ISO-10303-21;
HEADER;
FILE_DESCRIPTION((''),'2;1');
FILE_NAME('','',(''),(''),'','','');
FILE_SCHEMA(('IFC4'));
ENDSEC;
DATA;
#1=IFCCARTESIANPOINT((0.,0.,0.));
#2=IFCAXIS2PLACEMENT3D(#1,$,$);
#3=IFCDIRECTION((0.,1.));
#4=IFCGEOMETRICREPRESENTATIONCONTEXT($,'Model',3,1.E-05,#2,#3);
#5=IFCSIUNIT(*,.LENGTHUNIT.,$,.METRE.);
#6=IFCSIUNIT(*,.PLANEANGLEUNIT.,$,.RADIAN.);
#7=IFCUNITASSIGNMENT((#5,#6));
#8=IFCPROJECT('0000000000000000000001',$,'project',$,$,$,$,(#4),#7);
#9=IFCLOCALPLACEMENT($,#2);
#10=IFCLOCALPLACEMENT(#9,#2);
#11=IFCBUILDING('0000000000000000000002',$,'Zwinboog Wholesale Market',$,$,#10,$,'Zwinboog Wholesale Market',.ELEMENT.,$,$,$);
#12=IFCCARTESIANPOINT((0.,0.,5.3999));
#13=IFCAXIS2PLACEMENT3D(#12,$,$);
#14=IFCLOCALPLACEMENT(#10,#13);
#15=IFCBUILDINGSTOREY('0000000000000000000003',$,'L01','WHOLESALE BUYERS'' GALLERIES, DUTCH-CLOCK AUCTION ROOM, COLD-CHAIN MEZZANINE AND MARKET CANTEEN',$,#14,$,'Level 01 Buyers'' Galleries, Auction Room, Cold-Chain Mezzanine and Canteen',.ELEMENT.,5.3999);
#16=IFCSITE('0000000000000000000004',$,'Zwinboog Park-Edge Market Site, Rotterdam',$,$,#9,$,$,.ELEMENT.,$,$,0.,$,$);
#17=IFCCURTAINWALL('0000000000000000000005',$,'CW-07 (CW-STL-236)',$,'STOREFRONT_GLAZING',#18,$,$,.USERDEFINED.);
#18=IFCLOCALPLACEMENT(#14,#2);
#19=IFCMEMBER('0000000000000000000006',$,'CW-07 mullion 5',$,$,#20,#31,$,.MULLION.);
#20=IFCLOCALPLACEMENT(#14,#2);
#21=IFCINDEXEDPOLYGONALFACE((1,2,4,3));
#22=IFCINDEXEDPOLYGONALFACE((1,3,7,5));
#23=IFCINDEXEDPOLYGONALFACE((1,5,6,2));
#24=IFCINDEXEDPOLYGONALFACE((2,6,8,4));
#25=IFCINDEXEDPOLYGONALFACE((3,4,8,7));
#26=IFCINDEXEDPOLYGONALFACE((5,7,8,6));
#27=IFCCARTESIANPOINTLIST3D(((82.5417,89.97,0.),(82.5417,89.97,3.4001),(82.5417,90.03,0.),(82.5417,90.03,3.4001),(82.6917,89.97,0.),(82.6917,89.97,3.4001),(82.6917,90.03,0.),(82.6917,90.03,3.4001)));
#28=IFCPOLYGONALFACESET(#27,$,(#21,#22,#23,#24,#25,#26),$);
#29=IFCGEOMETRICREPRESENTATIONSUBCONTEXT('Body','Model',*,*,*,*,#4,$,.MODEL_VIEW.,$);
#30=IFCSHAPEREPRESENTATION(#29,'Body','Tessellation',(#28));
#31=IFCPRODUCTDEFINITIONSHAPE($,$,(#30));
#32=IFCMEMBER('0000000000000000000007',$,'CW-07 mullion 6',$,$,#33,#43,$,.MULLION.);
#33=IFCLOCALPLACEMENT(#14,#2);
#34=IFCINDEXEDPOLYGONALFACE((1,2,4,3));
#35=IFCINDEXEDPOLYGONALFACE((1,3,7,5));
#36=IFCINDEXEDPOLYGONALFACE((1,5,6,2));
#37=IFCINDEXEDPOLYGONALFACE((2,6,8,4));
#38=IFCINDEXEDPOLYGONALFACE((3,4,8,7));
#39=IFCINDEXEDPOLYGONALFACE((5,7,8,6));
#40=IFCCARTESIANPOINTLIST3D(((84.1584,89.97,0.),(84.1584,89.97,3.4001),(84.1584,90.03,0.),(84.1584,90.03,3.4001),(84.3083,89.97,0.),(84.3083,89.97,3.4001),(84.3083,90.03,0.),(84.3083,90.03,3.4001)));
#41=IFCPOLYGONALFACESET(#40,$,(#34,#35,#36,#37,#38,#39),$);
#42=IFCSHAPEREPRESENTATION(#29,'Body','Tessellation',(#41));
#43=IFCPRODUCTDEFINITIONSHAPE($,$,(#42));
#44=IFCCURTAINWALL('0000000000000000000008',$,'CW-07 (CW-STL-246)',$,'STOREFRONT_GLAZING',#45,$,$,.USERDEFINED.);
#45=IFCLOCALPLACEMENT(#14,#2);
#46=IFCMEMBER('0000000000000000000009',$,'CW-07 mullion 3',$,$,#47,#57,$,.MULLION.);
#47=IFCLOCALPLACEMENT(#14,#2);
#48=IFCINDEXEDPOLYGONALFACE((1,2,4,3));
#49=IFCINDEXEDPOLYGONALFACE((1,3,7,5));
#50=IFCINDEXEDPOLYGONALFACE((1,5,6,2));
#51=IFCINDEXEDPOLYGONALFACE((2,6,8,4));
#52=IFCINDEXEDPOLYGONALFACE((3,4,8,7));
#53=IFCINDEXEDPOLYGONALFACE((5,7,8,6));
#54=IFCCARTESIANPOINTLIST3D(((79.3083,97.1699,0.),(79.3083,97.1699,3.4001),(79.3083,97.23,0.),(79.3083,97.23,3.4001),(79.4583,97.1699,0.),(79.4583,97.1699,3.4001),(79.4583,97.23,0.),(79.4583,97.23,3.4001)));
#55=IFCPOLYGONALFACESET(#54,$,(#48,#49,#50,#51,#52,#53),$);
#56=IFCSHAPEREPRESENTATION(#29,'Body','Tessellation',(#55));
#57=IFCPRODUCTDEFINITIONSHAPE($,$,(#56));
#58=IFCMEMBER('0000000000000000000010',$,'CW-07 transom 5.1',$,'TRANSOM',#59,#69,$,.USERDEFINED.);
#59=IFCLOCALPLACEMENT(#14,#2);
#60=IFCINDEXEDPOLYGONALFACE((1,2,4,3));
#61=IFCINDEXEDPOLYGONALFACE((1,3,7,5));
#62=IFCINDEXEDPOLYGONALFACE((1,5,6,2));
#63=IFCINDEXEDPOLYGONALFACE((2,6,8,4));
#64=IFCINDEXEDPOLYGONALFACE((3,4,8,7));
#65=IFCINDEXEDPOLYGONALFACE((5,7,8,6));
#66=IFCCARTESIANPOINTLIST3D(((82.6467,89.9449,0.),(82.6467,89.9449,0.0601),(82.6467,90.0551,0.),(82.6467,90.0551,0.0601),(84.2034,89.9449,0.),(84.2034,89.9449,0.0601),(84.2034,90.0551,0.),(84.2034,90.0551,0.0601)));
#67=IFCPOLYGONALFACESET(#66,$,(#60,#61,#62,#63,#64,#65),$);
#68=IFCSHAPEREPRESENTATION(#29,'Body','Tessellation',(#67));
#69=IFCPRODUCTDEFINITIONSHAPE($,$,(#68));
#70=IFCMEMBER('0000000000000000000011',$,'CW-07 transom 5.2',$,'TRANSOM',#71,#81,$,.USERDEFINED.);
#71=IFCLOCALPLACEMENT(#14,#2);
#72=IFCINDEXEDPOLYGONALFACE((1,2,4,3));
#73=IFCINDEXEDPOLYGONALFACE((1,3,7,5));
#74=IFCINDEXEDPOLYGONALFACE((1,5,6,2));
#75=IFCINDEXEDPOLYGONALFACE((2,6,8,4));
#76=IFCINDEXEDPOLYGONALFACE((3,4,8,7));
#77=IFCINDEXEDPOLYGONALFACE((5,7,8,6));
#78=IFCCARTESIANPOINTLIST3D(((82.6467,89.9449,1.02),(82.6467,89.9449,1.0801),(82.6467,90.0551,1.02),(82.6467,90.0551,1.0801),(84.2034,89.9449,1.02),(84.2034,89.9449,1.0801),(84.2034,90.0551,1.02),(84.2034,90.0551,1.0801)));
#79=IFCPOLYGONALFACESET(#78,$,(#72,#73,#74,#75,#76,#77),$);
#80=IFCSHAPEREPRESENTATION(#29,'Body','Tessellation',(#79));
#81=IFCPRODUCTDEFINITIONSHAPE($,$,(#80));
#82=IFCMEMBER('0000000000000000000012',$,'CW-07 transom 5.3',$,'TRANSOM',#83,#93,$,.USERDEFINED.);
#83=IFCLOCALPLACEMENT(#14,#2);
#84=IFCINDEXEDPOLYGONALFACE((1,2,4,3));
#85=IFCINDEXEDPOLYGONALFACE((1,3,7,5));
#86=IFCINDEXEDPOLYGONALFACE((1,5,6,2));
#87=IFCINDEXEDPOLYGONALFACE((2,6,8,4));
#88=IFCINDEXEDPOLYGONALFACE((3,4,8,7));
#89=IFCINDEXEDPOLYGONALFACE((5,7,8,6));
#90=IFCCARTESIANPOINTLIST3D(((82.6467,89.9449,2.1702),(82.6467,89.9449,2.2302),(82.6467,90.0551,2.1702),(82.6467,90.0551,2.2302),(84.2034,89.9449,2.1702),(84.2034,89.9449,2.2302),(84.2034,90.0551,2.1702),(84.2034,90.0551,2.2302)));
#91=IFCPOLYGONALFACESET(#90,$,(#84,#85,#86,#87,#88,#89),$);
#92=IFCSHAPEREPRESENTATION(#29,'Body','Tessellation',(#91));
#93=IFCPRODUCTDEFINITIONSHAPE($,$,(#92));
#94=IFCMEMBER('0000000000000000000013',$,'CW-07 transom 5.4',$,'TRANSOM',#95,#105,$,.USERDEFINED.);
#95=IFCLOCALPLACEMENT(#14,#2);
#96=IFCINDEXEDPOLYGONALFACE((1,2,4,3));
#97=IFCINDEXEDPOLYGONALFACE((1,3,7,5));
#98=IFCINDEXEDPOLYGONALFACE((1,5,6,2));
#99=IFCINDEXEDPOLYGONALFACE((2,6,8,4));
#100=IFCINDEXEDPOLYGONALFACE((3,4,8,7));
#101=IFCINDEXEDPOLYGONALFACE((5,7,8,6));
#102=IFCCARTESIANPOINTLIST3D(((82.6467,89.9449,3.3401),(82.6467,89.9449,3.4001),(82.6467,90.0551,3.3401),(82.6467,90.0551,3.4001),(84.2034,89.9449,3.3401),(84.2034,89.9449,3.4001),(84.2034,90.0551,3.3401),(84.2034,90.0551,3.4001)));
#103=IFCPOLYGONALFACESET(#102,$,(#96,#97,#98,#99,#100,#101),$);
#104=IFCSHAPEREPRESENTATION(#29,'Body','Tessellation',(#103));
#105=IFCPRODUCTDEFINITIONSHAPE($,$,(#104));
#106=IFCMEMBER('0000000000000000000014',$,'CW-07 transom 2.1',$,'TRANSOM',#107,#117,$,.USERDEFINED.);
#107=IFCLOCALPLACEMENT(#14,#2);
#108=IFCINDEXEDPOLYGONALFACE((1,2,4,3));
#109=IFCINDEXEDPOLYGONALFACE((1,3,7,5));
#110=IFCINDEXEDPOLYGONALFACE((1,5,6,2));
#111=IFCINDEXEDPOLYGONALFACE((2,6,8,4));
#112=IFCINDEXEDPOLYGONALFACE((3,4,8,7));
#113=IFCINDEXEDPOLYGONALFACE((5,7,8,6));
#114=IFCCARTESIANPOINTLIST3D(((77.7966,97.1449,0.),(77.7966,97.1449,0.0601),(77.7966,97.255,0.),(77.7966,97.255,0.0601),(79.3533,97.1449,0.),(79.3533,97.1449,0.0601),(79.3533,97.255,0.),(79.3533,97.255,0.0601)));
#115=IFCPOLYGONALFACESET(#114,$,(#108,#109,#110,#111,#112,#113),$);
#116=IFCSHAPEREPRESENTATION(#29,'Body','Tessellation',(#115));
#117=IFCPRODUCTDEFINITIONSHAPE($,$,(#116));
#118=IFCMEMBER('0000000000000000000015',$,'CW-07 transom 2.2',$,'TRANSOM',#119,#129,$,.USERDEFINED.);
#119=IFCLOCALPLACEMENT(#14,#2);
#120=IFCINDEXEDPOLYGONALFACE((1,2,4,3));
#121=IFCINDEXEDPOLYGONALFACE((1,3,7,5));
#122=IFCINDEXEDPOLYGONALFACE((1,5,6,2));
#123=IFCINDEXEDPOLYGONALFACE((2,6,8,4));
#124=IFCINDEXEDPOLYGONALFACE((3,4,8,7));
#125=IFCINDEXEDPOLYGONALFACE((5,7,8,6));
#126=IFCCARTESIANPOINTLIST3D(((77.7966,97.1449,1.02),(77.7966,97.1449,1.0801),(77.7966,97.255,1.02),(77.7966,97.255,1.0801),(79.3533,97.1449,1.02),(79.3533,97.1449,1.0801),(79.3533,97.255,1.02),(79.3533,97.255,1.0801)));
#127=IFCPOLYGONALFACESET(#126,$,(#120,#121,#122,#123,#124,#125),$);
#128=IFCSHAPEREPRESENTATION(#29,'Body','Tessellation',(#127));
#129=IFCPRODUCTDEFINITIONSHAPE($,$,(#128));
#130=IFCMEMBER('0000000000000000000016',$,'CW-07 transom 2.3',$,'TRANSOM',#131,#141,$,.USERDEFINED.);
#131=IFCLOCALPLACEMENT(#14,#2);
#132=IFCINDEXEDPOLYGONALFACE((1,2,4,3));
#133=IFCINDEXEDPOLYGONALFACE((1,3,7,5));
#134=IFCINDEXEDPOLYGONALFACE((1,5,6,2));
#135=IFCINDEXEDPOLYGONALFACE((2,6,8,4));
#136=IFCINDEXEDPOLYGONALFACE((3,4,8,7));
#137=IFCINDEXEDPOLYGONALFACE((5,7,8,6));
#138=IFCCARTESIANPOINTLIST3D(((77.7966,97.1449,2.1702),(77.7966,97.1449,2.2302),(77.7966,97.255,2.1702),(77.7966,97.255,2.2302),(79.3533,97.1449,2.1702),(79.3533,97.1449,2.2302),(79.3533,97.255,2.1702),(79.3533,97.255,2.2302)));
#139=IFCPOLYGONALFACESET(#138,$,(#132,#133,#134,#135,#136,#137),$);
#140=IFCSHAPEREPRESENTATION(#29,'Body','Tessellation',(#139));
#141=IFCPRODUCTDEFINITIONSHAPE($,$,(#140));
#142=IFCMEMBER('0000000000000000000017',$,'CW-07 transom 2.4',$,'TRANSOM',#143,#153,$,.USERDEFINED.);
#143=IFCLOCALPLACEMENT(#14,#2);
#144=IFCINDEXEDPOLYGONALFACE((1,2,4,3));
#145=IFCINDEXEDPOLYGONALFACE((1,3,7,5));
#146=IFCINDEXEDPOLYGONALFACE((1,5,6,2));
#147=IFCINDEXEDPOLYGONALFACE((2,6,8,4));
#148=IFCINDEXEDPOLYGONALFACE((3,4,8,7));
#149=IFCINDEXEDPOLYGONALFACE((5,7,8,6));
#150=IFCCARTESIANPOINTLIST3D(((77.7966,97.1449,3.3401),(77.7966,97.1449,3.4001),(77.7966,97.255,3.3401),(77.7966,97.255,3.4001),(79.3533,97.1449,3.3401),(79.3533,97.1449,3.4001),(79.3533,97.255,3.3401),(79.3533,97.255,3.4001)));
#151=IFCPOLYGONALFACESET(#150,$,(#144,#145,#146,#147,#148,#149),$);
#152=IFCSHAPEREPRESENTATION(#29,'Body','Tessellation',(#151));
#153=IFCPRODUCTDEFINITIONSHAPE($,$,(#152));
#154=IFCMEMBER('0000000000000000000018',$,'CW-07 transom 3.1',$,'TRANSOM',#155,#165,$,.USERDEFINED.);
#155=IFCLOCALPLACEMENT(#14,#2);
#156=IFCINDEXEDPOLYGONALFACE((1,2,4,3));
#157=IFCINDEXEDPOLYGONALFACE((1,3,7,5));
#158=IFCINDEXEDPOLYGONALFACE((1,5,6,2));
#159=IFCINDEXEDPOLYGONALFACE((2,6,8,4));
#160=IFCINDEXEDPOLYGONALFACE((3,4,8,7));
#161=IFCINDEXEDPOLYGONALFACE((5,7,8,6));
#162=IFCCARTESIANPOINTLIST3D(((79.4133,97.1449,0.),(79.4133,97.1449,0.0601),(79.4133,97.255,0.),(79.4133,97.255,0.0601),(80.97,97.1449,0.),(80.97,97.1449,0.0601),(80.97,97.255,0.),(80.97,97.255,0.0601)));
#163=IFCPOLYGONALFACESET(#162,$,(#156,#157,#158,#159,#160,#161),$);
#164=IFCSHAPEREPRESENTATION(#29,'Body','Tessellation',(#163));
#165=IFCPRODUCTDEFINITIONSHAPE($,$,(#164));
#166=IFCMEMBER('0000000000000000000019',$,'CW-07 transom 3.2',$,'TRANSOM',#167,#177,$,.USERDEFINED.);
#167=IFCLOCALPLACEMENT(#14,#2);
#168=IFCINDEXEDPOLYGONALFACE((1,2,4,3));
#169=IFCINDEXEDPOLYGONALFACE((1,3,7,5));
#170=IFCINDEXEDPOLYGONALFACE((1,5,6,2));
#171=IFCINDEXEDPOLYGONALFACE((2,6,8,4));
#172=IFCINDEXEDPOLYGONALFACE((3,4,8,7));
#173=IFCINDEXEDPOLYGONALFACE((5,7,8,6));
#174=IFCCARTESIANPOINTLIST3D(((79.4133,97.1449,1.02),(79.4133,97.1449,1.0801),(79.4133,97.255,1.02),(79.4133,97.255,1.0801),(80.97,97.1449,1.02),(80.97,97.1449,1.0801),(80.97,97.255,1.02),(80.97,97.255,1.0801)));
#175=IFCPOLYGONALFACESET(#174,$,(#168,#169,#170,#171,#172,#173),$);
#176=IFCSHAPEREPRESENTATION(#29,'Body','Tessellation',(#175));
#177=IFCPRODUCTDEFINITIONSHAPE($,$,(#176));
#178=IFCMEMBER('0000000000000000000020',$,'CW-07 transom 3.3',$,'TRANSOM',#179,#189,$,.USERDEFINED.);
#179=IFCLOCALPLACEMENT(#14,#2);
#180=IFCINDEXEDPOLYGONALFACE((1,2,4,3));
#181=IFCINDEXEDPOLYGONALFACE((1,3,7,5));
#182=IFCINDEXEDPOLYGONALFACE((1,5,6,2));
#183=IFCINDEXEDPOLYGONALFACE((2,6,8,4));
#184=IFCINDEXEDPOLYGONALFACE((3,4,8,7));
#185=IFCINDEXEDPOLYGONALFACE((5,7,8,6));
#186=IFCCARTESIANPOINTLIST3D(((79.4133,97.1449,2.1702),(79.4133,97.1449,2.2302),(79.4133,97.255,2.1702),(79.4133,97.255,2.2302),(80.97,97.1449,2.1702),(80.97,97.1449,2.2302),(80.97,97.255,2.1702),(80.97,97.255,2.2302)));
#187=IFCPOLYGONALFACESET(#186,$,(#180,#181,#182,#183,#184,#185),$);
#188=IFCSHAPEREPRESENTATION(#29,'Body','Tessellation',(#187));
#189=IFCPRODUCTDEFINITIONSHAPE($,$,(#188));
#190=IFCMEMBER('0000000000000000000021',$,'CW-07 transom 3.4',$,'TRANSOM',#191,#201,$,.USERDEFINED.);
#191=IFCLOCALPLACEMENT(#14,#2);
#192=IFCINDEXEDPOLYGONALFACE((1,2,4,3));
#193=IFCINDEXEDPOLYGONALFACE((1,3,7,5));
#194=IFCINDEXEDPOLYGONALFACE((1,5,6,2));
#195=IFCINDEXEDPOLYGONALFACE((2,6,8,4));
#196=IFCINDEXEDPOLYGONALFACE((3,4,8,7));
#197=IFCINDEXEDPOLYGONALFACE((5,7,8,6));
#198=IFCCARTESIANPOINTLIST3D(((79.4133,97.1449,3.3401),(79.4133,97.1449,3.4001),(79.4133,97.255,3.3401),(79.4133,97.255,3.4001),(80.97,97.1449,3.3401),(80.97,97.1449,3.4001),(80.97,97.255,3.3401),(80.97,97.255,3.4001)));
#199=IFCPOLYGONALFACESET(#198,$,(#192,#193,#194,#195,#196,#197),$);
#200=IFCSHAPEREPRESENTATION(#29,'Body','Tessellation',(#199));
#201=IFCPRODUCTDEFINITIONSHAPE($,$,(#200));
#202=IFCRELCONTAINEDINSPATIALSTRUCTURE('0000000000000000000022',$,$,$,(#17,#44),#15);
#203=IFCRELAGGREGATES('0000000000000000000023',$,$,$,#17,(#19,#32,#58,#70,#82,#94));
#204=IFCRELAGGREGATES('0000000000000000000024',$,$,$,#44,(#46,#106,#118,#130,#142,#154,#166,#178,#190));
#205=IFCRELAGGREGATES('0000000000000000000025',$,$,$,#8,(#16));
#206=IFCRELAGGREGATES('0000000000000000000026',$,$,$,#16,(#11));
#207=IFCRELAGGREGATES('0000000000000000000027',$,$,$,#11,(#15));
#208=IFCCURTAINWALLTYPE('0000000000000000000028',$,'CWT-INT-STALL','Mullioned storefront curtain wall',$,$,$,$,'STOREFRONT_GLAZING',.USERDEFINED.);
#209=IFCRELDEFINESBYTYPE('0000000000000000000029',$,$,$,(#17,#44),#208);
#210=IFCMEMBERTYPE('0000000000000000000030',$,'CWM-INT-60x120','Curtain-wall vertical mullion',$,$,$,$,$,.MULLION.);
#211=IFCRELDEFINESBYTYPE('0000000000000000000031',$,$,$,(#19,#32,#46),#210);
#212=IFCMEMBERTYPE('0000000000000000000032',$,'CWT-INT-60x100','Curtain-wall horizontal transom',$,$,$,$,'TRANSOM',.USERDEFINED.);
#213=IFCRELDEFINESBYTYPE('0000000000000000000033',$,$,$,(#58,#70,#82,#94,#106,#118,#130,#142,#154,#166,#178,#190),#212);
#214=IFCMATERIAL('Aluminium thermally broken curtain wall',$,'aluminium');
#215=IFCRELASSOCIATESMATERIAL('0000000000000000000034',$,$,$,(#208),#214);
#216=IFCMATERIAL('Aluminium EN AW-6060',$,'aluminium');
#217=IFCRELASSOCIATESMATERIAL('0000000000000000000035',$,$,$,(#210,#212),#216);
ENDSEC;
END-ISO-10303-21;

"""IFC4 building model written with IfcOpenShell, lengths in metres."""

from ifc_helpers import new_model, si_unit, direction, frame, origin, origin_2d, place, context, subcontext, project, spatial, rectangle, extrude, material, material_profile, profile_set, type_object, element, aggregate, save


model = new_model("IFC4")

# Units and contexts
model_context = context("Model", 3, precision=1e-05, world=origin(), true_north=direction((0.0, 1.0)))
body_context = subcontext(model_context, "Body", "Model", "MODEL_VIEW")
ifc_project = project(units=[si_unit("LENGTHUNIT", "METRE"), si_unit("PLANEANGLEUNIT", "RADIAN")], contexts=[model_context])

# Site, building, storey
site_placement = place(None, origin())
site = spatial("IfcSite", under=ifc_project, at=site_placement, Name="Zwinboog Park-Edge Market Site, Rotterdam", CompositionType="ELEMENT", RefElevation=0.0)
building_placement = place(site_placement, origin())
building = spatial("IfcBuilding", under=site, at=building_placement, Name="Zwinboog Wholesale Market", LongName="Zwinboog Wholesale Market", CompositionType="ELEMENT")
storey_placement = place(building_placement, frame((0.0, 0.0, 5.3999)))
storey = spatial("IfcBuildingStorey", under=building, at=storey_placement, Name="L01", Description="WHOLESALE BUYERS' GALLERIES, DUTCH-CLOCK AUCTION ROOM, COLD-CHAIN MEZZANINE AND MARKET CANTEEN", LongName="Level 01 Buyers' Galleries, Auction Room, Cold-Chain Mezzanine and Canteen", CompositionType="ELEMENT", Elevation=5.3999)

# Curtain wall, members
ifc_material_1 = material(Name="Aluminium thermally broken curtain wall", Category="aluminium")
curtain_wall_type = type_object("IfcCurtainWallType", Name="CWT-INT-STALL", Description="Mullioned storefront curtain wall", ElementType="STOREFRONT_GLAZING", PredefinedType="USERDEFINED", material=ifc_material_1)
curtain_wall_1_placement = place(storey_placement, origin())
curtain_wall_1 = element("IfcCurtainWall", 1, at=curtain_wall_1_placement, inside=storey, type_object=curtain_wall_type, Name="CW-07 (CW-STL-236)", ObjectType="STOREFRONT_GLAZING", PredefinedType="USERDEFINED")
ifc_material_2 = material(Name="Aluminium EN AW-6060", Category="aluminium")
ifc_material_profile_1 = material_profile(ifc_material_2, rectangle(XDim=0.0601, YDim=0.1499, at=origin_2d()), Name="AL 60x150")
ifc_profile_set_1 = profile_set([ifc_material_profile_1], Name="Aluminium EN AW-6060")
member_type_1 = type_object("IfcMemberType", Name="CWM-INT-60x120", Description="Curtain-wall vertical mullion", PredefinedType="MULLION", material=ifc_profile_set_1)
member_1_placement = place(storey_placement, frame((82.6167, 90.0, 0.0), z_axis=(0.0, 0.0, 1.0), x_axis=(0.0, 1.0, 0.0)))
member_1 = element("IfcMember", 2, at=member_1_placement, type_object=member_type_1, Name="CW-07 mullion 5", PredefinedType="MULLION", context=body_context, shape_type="SweptSolid", body=[
    extrude(rectangle(XDim=0.0601, YDim=0.1499, at=origin_2d()), origin(), (0.0, 0.0, 1.0), 3.4001),
])
member_2_placement = place(storey_placement, frame((84.2334, 90.0, 0.0), z_axis=(0.0, 0.0, 1.0), x_axis=(0.0, 1.0, 0.0)))
member_2 = element("IfcMember", 3, at=member_2_placement, type_object=member_type_1, Name="CW-07 mullion 6", PredefinedType="MULLION", context=body_context, shape_type="SweptSolid", body=[
    extrude(rectangle(XDim=0.0601, YDim=0.1499, at=origin_2d()), origin(), (0.0, 0.0, 1.0), 3.4001),
])

# Curtain wall, member
curtain_wall_2_placement = place(storey_placement, origin())
curtain_wall_2 = element("IfcCurtainWall", 4, at=curtain_wall_2_placement, inside=storey, type_object=curtain_wall_type, Name="CW-07 (CW-STL-246)", ObjectType="STOREFRONT_GLAZING", PredefinedType="USERDEFINED")
member_3_placement = place(storey_placement, frame((79.3833, 97.2, 0.0), z_axis=(0.0, 0.0, 1.0), x_axis=(0.0, 1.0, 0.0)))
member_3 = element("IfcMember", 5, at=member_3_placement, type_object=member_type_1, Name="CW-07 mullion 3", PredefinedType="MULLION", context=body_context, shape_type="SweptSolid", body=[
    extrude(rectangle(XDim=0.0601, YDim=0.1499, at=origin_2d()), origin(), (0.0, 0.0, 1.0), 3.4001),
])

# Members
ifc_material_profile_2 = material_profile(ifc_material_2, rectangle(XDim=0.1101, YDim=0.0601, at=origin_2d()), Name="AL 60x110")
ifc_profile_set_2 = profile_set([ifc_material_profile_2], Name="Aluminium EN AW-6060")
member_type_2 = type_object("IfcMemberType", Name="CWT-INT-60x100", Description="Curtain-wall horizontal transom", ElementType="TRANSOM", PredefinedType="USERDEFINED", material=ifc_profile_set_2)
member_4_placement = place(storey_placement, frame((82.6467, 90.0, 0.03), z_axis=(1.0, 0.0, 0.0), x_axis=(0.0, 1.0, 0.0)))
member_4 = element("IfcMember", 6, at=member_4_placement, type_object=member_type_2, Name="CW-07 transom 5.1", ObjectType="TRANSOM", PredefinedType="USERDEFINED", context=body_context, shape_type="SweptSolid", body=[
    extrude(rectangle(XDim=0.1101, YDim=0.0601, at=origin_2d()), origin(), (0.0, 0.0, 1.0), 1.5566),
])
member_5_placement = place(storey_placement, frame((82.6467, 90.0, 1.05), z_axis=(1.0, 0.0, 0.0), x_axis=(0.0, 1.0, 0.0)))
member_5 = element("IfcMember", 7, at=member_5_placement, type_object=member_type_2, Name="CW-07 transom 5.2", ObjectType="TRANSOM", PredefinedType="USERDEFINED", context=body_context, shape_type="SweptSolid", body=[
    extrude(rectangle(XDim=0.1101, YDim=0.0601, at=origin_2d()), origin(), (0.0, 0.0, 1.0), 1.5566),
])
member_6_placement = place(storey_placement, frame((82.6467, 90.0, 2.2002), z_axis=(1.0, 0.0, 0.0), x_axis=(0.0, 1.0, 0.0)))
member_6 = element("IfcMember", 8, at=member_6_placement, type_object=member_type_2, Name="CW-07 transom 5.3", ObjectType="TRANSOM", PredefinedType="USERDEFINED", context=body_context, shape_type="SweptSolid", body=[
    extrude(rectangle(XDim=0.1101, YDim=0.0601, at=origin_2d()), origin(), (0.0, 0.0, 1.0), 1.5566),
])
member_7_placement = place(storey_placement, frame((82.6467, 90.0, 3.3701), z_axis=(1.0, 0.0, 0.0), x_axis=(0.0, 1.0, 0.0)))
member_7 = element("IfcMember", 9, at=member_7_placement, type_object=member_type_2, Name="CW-07 transom 5.4", ObjectType="TRANSOM", PredefinedType="USERDEFINED", context=body_context, shape_type="SweptSolid", body=[
    extrude(rectangle(XDim=0.1101, YDim=0.0601, at=origin_2d()), origin(), (0.0, 0.0, 1.0), 1.5566),
])
member_8_placement = place(storey_placement, frame((77.7966, 97.2, 0.03), z_axis=(1.0, 0.0, 0.0), x_axis=(0.0, 1.0, 0.0)))
member_8 = element("IfcMember", 10, at=member_8_placement, type_object=member_type_2, Name="CW-07 transom 2.1", ObjectType="TRANSOM", PredefinedType="USERDEFINED", context=body_context, shape_type="SweptSolid", body=[
    extrude(rectangle(XDim=0.1101, YDim=0.0601, at=origin_2d()), origin(), (0.0, 0.0, 1.0), 1.5566),
])
member_9_placement = place(storey_placement, frame((77.7966, 97.2, 1.05), z_axis=(1.0, 0.0, 0.0), x_axis=(0.0, 1.0, 0.0)))
member_9 = element("IfcMember", 11, at=member_9_placement, type_object=member_type_2, Name="CW-07 transom 2.2", ObjectType="TRANSOM", PredefinedType="USERDEFINED", context=body_context, shape_type="SweptSolid", body=[
    extrude(rectangle(XDim=0.1101, YDim=0.0601, at=origin_2d()), origin(), (0.0, 0.0, 1.0), 1.5566),
])
member_10_placement = place(storey_placement, frame((77.7966, 97.2, 2.2002), z_axis=(1.0, 0.0, 0.0), x_axis=(0.0, 1.0, 0.0)))
member_10 = element("IfcMember", 12, at=member_10_placement, type_object=member_type_2, Name="CW-07 transom 2.3", ObjectType="TRANSOM", PredefinedType="USERDEFINED", context=body_context, shape_type="SweptSolid", body=[
    extrude(rectangle(XDim=0.1101, YDim=0.0601, at=origin_2d()), origin(), (0.0, 0.0, 1.0), 1.5566),
])
member_11_placement = place(storey_placement, frame((77.7966, 97.2, 3.3701), z_axis=(1.0, 0.0, 0.0), x_axis=(0.0, 1.0, 0.0)))
member_11 = element("IfcMember", 13, at=member_11_placement, type_object=member_type_2, Name="CW-07 transom 2.4", ObjectType="TRANSOM", PredefinedType="USERDEFINED", context=body_context, shape_type="SweptSolid", body=[
    extrude(rectangle(XDim=0.1101, YDim=0.0601, at=origin_2d()), origin(), (0.0, 0.0, 1.0), 1.5566),
])
member_12_placement = place(storey_placement, frame((79.4133, 97.2, 0.03), z_axis=(1.0, 0.0, 0.0), x_axis=(0.0, 1.0, 0.0)))
member_12 = element("IfcMember", 14, at=member_12_placement, type_object=member_type_2, Name="CW-07 transom 3.1", ObjectType="TRANSOM", PredefinedType="USERDEFINED", context=body_context, shape_type="SweptSolid", body=[
    extrude(rectangle(XDim=0.1101, YDim=0.0601, at=origin_2d()), origin(), (0.0, 0.0, 1.0), 1.5566),
])
member_13_placement = place(storey_placement, frame((79.4133, 97.2, 1.05), z_axis=(1.0, 0.0, 0.0), x_axis=(0.0, 1.0, 0.0)))
member_13 = element("IfcMember", 15, at=member_13_placement, type_object=member_type_2, Name="CW-07 transom 3.2", ObjectType="TRANSOM", PredefinedType="USERDEFINED", context=body_context, shape_type="SweptSolid", body=[
    extrude(rectangle(XDim=0.1101, YDim=0.0601, at=origin_2d()), origin(), (0.0, 0.0, 1.0), 1.5566),
])
member_14_placement = place(storey_placement, frame((79.4133, 97.2, 2.2002), z_axis=(1.0, 0.0, 0.0), x_axis=(0.0, 1.0, 0.0)))
member_14 = element("IfcMember", 16, at=member_14_placement, type_object=member_type_2, Name="CW-07 transom 3.3", ObjectType="TRANSOM", PredefinedType="USERDEFINED", context=body_context, shape_type="SweptSolid", body=[
    extrude(rectangle(XDim=0.1101, YDim=0.0601, at=origin_2d()), origin(), (0.0, 0.0, 1.0), 1.5566),
])
member_15_placement = place(storey_placement, frame((79.4133, 97.2, 3.3701), z_axis=(1.0, 0.0, 0.0), x_axis=(0.0, 1.0, 0.0)))
member_15 = element("IfcMember", 17, at=member_15_placement, type_object=member_type_2, Name="CW-07 transom 3.4", ObjectType="TRANSOM", PredefinedType="USERDEFINED", context=body_context, shape_type="SweptSolid", body=[
    extrude(rectangle(XDim=0.1101, YDim=0.0601, at=origin_2d()), origin(), (0.0, 0.0, 1.0), 1.5566),
])

aggregate(curtain_wall_1, [member_1, member_2, member_4, member_5, member_6, member_7])
aggregate(curtain_wall_2, [member_3, member_8, member_9, member_10, member_11, member_12, member_13, member_14, member_15])

save(model, "model.ifc")
